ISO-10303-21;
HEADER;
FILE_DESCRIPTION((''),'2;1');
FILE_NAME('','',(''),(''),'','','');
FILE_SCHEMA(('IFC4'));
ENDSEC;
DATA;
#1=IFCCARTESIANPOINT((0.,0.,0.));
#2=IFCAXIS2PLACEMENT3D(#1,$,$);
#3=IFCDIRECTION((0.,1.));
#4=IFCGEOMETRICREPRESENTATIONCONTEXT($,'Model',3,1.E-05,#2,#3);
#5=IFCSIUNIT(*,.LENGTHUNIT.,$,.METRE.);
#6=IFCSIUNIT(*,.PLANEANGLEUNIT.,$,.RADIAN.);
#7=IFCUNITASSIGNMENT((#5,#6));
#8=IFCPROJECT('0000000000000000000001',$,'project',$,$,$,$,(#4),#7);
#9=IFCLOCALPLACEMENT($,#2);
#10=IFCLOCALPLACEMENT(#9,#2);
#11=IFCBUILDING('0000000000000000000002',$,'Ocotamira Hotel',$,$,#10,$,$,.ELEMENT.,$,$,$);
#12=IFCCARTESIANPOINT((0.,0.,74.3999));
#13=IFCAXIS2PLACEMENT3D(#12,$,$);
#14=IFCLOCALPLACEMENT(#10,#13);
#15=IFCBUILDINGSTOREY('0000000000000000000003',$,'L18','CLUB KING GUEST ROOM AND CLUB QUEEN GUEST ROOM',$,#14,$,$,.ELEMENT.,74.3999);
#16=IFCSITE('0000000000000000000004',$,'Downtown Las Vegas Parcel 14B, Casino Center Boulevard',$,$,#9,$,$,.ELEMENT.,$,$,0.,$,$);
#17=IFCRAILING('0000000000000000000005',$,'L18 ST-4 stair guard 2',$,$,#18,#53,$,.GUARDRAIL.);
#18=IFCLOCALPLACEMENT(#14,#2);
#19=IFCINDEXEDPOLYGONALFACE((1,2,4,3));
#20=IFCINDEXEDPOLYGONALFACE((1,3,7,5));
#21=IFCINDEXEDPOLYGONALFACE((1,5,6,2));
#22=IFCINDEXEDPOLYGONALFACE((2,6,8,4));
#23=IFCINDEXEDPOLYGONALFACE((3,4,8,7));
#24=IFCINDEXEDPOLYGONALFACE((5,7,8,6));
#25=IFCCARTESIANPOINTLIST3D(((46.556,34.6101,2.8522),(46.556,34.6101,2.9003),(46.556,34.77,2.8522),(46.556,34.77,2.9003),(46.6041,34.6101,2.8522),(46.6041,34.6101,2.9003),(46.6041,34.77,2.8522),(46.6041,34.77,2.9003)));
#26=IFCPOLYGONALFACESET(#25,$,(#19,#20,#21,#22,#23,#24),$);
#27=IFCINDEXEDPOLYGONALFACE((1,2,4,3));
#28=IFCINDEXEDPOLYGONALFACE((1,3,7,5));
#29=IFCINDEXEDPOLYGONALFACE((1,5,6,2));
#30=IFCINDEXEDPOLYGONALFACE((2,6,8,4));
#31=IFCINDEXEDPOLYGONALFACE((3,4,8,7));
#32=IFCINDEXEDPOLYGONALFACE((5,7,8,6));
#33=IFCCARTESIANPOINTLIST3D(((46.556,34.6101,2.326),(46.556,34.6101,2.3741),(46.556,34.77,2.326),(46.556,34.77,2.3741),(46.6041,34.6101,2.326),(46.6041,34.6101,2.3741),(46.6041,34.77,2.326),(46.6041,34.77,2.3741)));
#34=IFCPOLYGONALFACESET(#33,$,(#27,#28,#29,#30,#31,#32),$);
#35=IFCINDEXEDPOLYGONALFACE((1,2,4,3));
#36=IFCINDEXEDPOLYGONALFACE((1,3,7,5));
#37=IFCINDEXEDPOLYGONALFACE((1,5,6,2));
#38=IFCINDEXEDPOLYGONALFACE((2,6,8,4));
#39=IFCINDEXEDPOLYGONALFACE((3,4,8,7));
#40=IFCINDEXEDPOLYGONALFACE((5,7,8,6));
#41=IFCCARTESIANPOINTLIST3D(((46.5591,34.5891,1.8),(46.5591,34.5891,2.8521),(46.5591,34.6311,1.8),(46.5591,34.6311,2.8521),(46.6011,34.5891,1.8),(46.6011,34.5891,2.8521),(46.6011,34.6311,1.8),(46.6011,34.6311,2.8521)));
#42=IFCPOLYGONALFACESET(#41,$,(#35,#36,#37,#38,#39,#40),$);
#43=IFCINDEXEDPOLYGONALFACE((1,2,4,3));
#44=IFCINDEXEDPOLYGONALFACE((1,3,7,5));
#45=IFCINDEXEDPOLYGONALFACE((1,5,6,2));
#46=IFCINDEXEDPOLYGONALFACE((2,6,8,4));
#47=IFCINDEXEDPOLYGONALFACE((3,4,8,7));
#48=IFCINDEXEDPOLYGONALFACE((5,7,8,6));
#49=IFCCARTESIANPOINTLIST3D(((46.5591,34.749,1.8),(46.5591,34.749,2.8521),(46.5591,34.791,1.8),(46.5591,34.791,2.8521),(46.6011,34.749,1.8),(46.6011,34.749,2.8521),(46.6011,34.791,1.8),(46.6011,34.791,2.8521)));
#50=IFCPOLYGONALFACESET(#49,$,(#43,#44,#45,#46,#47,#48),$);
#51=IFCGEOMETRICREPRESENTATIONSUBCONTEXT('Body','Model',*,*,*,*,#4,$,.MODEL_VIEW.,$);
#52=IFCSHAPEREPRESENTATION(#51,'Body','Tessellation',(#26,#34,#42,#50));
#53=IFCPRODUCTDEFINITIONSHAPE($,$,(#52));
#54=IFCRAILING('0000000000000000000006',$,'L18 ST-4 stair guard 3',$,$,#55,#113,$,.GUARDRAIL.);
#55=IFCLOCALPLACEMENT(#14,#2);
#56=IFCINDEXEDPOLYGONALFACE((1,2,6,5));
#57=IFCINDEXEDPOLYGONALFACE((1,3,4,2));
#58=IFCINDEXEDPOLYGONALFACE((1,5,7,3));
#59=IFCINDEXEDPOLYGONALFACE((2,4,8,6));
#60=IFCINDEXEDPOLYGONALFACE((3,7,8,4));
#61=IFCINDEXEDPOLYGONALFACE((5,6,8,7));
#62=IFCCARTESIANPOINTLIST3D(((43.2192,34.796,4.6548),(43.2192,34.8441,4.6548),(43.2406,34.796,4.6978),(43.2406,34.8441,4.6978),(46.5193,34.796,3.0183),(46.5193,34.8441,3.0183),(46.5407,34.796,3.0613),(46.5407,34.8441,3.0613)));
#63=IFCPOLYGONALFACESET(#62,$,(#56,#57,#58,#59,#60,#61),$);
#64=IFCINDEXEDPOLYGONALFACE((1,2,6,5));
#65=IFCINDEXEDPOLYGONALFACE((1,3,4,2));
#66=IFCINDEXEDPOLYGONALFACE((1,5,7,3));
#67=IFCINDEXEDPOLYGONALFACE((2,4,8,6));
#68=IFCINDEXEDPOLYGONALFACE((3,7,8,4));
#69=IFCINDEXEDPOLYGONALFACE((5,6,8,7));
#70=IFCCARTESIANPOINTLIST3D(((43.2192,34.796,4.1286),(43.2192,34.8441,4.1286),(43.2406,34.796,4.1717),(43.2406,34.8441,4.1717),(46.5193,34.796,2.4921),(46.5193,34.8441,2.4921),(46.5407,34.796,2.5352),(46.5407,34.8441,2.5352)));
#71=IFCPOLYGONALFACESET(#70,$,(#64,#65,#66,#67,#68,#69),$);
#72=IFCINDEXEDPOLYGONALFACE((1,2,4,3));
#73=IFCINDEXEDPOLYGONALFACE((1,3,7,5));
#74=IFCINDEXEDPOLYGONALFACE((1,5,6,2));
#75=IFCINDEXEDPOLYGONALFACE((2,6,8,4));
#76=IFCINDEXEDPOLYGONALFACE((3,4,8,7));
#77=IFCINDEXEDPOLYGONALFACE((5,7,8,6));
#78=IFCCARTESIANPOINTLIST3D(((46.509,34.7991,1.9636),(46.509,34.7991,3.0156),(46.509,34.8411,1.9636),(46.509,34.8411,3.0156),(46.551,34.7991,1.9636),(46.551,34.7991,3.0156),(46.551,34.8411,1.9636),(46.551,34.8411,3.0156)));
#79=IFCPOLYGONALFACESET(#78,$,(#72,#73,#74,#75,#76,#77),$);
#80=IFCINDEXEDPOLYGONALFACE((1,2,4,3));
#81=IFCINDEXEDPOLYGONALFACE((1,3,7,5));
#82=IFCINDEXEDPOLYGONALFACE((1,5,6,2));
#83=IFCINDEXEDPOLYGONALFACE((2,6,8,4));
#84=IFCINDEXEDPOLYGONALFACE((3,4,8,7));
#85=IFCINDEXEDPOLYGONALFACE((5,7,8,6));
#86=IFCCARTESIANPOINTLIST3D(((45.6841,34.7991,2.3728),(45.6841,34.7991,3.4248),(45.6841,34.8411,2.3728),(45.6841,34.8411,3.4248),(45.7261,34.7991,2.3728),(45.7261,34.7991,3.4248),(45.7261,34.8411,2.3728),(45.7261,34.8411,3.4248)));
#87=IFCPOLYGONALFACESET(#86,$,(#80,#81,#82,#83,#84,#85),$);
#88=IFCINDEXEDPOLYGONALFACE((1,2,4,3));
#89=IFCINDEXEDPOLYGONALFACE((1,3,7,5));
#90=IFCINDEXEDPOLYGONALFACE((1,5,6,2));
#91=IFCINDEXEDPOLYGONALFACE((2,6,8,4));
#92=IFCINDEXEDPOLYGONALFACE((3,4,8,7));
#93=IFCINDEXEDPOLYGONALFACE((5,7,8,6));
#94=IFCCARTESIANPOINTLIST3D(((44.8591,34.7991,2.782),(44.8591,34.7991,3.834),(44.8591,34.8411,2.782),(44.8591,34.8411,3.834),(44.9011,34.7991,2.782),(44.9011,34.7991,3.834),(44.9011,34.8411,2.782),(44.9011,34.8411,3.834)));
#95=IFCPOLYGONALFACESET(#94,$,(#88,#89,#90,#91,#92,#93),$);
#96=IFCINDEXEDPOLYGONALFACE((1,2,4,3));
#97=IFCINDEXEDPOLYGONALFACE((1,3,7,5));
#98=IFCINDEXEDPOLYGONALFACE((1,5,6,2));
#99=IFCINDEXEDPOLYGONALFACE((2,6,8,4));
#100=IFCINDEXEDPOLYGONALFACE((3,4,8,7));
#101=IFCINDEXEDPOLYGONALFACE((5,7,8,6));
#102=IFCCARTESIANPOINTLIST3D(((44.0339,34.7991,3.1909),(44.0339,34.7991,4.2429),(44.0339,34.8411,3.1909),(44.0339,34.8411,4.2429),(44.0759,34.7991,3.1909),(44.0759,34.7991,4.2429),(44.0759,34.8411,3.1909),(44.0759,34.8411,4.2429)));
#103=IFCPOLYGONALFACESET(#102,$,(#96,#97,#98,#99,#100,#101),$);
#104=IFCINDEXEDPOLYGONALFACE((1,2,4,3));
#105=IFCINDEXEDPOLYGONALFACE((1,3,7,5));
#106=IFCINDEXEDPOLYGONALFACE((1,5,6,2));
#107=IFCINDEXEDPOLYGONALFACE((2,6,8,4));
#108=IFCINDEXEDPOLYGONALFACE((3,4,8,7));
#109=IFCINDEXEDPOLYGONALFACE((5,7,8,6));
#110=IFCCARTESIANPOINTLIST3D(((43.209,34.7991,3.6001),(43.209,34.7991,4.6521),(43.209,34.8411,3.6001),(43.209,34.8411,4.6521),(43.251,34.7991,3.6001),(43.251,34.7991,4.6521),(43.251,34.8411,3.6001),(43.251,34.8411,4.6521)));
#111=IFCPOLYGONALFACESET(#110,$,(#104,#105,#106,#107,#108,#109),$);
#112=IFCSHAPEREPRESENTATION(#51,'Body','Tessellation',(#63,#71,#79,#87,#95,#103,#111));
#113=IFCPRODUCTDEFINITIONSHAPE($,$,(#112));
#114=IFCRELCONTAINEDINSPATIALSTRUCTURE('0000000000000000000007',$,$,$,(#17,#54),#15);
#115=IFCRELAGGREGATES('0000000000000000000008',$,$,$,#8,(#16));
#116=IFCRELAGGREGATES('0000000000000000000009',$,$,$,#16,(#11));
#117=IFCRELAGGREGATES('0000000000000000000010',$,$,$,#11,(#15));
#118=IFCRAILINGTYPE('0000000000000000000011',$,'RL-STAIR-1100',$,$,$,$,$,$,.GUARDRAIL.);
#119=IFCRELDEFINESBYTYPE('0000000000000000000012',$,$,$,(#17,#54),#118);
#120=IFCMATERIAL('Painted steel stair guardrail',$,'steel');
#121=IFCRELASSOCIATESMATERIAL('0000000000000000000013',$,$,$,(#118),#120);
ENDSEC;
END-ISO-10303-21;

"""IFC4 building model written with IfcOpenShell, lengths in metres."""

from ifc_helpers import new_model, si_unit, direction, frame, origin, origin_2d, place, context, subcontext, project, spatial, rectangle, extrude, material, type_object, element, save


model = new_model("IFC4")

# Units and contexts
model_context = context("Model", 3, precision=1e-05, world=origin(), true_north=direction((0.0, 1.0)))
body_context = subcontext(model_context, "Body", "Model", "MODEL_VIEW")
ifc_project = project(units=[si_unit("LENGTHUNIT", "METRE"), si_unit("PLANEANGLEUNIT", "RADIAN")], contexts=[model_context])

# Site, building, storey
site_placement = place(None, origin())
site = spatial("IfcSite", under=ifc_project, at=site_placement, Name="Downtown Las Vegas Parcel 14B, Casino Center Boulevard", CompositionType="ELEMENT", RefElevation=0.0)
building_placement = place(site_placement, origin())
building = spatial("IfcBuilding", under=site, at=building_placement, Name="Ocotamira Hotel", CompositionType="ELEMENT")
storey_placement = place(building_placement, frame((0.0, 0.0, 74.3999)))
storey = spatial("IfcBuildingStorey", under=building, at=storey_placement, Name="L18", Description="CLUB KING GUEST ROOM AND CLUB QUEEN GUEST ROOM", CompositionType="ELEMENT", Elevation=74.3999)

# Railings
ifc_material_1 = material(Name="Painted steel stair guardrail", Category="steel")
railing_type_1 = type_object("IfcRailingType", Name="RL-STAIR-1100", PredefinedType="GUARDRAIL", material=ifc_material_1)
railing_1_placement = place(storey_placement, frame((46.5801, 34.6101, 1.8)))
element("IfcRailing", 1, at=railing_1_placement, inside=storey, type_object=railing_type_1, Name="L18 ST-4 stair guard 2", PredefinedType="GUARDRAIL", context=body_context, shape_type="SweptSolid", body=[
    extrude(rectangle(XDim=0.0481, YDim=0.0481, at=origin_2d()), frame((0.0, 0.0, 1.0762), z_axis=(0.0, 1.0, 0.0), x_axis=(-1.0, 0.0, 0.0)), (0.0, 0.0, 1.0), 0.1599),
    extrude(rectangle(XDim=0.0481, YDim=0.0481, at=origin_2d()), frame((0.0, 0.0, 0.55), z_axis=(0.0, 1.0, 0.0), x_axis=(-1.0, 0.0, 0.0)), (0.0, 0.0, 1.0), 0.1599),
    extrude(rectangle(XDim=0.042, YDim=0.042, at=origin_2d()), origin(), (0.0, 0.0, 1.0), 1.052),
    extrude(rectangle(XDim=0.042, YDim=0.042, at=origin_2d()), frame((0.0, 0.1599, 0.0)), (0.0, 0.0, 1.0), 1.052),
])
railing_2_placement = place(storey_placement, frame((46.53, 34.8201, 1.9636)))
element("IfcRailing", 2, at=railing_2_placement, inside=storey, type_object=railing_type_1, Name="L18 ST-4 stair guard 3", PredefinedType="GUARDRAIL", context=body_context, shape_type="SweptSolid", body=[
    extrude(rectangle(XDim=0.0481, YDim=0.0481, at=origin_2d()), frame((0.0, 0.0, 1.0762), z_axis=(-0.895894, 0.0, 0.444268), x_axis=(0.0, -1.0, 0.0)), (0.0, 0.0, 1.0), 3.6836),
    extrude(rectangle(XDim=0.0481, YDim=0.0481, at=origin_2d()), frame((0.0, 0.0, 0.55), z_axis=(-0.895894, 0.0, 0.444268), x_axis=(0.0, -1.0, 0.0)), (0.0, 0.0, 1.0), 3.6836),
    extrude(rectangle(XDim=0.042, YDim=0.042, at=origin_2d()), origin(), (0.0, 0.0, 1.0), 1.052),
    extrude(rectangle(XDim=0.042, YDim=0.042, at=origin_2d()), frame((-0.825, 0.0, 0.4092)), (0.0, 0.0, 1.0), 1.052),
    extrude(rectangle(XDim=0.042, YDim=0.042, at=origin_2d()), frame((-1.6499, 0.0, 0.8184)), (0.0, 0.0, 1.0), 1.052),
    extrude(rectangle(XDim=0.042, YDim=0.042, at=origin_2d()), frame((-2.4751, 0.0, 1.2273)), (0.0, 0.0, 1.0), 1.052),
    extrude(rectangle(XDim=0.042, YDim=0.042, at=origin_2d()), frame((-3.3, 0.0, 1.6365)), (0.0, 0.0, 1.0), 1.052),
])

save(model, "model.ifc")
